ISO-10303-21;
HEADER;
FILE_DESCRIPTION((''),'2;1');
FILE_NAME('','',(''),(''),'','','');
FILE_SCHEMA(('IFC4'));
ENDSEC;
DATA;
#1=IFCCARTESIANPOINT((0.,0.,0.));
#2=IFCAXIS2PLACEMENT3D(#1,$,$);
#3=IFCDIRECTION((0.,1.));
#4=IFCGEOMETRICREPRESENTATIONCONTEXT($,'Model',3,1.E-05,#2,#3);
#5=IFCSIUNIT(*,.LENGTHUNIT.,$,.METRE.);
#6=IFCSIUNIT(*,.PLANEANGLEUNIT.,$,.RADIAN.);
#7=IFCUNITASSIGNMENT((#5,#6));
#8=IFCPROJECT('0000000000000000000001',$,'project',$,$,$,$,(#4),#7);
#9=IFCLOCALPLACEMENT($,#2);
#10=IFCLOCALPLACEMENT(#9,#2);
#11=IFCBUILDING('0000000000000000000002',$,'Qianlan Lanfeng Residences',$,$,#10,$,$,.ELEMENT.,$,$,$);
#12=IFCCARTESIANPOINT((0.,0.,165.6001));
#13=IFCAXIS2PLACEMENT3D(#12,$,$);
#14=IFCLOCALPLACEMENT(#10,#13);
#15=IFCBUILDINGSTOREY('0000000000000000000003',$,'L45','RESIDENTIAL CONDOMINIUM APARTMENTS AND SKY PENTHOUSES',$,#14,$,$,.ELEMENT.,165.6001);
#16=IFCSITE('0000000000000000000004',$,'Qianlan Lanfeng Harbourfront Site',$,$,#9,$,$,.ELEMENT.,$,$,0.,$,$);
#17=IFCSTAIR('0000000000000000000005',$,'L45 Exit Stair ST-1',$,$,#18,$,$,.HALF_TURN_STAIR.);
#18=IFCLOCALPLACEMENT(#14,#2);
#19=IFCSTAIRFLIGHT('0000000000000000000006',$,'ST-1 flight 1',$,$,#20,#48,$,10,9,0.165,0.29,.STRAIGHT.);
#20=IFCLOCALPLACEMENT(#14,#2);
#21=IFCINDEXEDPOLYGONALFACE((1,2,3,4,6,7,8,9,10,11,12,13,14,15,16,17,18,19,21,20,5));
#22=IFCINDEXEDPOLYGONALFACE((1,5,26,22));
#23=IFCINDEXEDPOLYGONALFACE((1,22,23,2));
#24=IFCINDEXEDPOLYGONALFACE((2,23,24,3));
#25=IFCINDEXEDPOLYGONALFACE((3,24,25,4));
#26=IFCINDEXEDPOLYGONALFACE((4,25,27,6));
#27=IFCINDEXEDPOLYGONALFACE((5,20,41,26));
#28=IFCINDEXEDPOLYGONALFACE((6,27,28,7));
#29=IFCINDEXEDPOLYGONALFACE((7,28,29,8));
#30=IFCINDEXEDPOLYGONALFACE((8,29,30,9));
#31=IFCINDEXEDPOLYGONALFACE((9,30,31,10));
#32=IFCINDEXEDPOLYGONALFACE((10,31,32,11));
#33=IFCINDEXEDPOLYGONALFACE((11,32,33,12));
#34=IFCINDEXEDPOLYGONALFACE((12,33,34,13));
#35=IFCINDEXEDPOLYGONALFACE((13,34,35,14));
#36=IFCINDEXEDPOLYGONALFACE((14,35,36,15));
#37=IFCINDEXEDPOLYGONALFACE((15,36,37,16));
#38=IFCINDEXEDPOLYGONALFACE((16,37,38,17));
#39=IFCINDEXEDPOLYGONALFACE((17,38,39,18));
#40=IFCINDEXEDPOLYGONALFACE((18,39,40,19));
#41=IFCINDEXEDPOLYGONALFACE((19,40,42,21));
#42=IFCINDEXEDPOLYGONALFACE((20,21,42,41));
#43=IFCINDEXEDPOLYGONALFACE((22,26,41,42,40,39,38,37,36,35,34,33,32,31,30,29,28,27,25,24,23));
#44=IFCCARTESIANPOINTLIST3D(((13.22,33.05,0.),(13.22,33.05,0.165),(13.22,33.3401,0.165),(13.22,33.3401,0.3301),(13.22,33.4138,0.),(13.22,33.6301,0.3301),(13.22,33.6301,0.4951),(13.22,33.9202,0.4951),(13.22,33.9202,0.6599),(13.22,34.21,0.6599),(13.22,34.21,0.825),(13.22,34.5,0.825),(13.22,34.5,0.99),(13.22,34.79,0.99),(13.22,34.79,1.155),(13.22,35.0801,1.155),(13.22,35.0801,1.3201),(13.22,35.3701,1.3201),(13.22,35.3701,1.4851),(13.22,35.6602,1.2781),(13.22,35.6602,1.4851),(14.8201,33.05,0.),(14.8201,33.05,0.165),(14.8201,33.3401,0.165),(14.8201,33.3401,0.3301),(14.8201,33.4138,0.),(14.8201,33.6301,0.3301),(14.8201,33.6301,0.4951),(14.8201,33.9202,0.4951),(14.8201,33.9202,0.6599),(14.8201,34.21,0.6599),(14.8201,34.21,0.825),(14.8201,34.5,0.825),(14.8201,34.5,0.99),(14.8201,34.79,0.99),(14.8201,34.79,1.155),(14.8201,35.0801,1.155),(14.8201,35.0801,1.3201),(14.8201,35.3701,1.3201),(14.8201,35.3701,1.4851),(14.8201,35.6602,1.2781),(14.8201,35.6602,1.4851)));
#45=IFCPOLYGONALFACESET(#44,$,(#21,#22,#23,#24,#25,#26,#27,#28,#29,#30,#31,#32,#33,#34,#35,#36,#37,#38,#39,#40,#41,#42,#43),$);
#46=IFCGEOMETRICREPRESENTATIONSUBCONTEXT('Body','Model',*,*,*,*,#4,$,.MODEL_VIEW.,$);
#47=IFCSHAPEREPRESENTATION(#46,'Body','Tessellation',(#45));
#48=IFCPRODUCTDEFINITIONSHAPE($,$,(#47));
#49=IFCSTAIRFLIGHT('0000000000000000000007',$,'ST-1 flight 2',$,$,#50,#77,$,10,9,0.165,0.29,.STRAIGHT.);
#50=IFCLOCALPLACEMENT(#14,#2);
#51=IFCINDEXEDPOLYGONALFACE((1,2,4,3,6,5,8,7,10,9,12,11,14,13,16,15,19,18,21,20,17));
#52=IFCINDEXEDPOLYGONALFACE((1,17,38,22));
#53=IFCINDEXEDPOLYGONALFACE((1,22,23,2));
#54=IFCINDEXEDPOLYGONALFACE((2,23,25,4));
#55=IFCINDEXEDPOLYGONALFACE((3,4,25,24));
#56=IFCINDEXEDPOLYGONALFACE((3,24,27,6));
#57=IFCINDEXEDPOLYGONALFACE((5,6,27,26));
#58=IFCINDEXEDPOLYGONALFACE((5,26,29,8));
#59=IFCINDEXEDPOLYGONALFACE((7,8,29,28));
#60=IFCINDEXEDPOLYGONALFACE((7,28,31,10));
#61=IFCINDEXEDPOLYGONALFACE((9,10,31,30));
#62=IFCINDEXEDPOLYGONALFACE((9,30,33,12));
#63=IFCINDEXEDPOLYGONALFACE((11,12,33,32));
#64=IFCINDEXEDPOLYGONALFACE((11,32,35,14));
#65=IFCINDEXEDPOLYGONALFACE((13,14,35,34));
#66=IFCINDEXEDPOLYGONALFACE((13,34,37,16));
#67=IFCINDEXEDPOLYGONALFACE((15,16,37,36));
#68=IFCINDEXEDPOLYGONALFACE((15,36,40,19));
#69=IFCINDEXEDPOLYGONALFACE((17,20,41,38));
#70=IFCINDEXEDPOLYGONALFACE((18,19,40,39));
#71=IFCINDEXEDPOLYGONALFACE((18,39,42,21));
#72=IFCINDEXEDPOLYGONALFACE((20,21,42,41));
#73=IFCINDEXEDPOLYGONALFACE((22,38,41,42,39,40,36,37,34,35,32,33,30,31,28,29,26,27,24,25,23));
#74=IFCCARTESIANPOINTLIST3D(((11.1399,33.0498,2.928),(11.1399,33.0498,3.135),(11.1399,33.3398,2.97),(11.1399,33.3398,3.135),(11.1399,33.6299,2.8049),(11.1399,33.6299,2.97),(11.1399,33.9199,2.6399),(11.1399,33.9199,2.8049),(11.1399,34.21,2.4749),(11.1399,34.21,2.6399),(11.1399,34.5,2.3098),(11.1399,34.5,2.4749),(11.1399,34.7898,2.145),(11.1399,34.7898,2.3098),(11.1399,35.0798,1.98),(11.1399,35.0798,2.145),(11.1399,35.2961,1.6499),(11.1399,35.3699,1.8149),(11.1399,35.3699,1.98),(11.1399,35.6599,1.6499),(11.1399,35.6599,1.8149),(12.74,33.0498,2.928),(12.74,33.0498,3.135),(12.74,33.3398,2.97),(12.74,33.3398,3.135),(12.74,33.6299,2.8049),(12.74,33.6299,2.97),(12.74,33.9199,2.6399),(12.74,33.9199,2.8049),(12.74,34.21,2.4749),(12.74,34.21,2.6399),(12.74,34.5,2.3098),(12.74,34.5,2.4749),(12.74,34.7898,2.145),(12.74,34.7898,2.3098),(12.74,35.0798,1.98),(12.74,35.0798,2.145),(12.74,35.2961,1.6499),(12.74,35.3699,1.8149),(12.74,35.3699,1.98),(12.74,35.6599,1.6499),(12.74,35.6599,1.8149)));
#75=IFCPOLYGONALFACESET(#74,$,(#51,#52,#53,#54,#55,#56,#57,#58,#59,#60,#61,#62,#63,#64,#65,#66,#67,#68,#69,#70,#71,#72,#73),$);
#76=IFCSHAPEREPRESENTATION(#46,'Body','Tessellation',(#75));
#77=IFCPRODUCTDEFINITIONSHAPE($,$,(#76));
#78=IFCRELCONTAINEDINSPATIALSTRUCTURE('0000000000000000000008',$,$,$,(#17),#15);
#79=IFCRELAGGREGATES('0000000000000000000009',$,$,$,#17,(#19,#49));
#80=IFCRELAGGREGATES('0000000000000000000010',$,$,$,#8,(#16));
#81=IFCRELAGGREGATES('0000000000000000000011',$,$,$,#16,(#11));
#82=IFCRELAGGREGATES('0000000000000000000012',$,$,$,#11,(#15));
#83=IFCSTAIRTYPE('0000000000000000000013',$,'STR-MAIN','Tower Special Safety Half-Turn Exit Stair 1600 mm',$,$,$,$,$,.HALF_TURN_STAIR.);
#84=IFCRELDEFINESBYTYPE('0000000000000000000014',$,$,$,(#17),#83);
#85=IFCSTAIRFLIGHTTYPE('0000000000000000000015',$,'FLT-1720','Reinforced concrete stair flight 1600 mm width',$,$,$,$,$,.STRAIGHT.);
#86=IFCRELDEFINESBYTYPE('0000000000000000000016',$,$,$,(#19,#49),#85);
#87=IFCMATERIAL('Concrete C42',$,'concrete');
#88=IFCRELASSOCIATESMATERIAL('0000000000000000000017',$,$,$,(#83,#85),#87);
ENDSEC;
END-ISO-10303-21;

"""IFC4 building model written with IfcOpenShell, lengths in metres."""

from ifc_helpers import new_model, si_unit, direction, frame, origin, place, context, subcontext, project, spatial, polyline, outline, extrude, material, type_object, element, aggregate, save


model = new_model("IFC4")

# Units and contexts
model_context = context("Model", 3, precision=1e-05, world=origin(), true_north=direction((0.0, 1.0)))
body_context = subcontext(model_context, "Body", "Model", "MODEL_VIEW")
ifc_project = project(units=[si_unit("LENGTHUNIT", "METRE"), si_unit("PLANEANGLEUNIT", "RADIAN")], contexts=[model_context])

# Site, building, storey
site_placement = place(None, origin())
site = spatial("IfcSite", under=ifc_project, at=site_placement, Name="Qianlan Lanfeng Harbourfront Site", CompositionType="ELEMENT", RefElevation=0.0)
building_placement = place(site_placement, origin())
building = spatial("IfcBuilding", under=site, at=building_placement, Name="Qianlan Lanfeng Residences", CompositionType="ELEMENT")
storey_placement = place(building_placement, frame((0.0, 0.0, 165.6001)))
storey = spatial("IfcBuildingStorey", under=building, at=storey_placement, Name="L45", Description="RESIDENTIAL CONDOMINIUM APARTMENTS AND SKY PENTHOUSES", CompositionType="ELEMENT", Elevation=165.6001)

# Shared definitions
ifc_material_1 = material(Name="Concrete C42", Category="concrete")

# Stair, stair flights
stair_type = type_object("IfcStairType", Name="STR-MAIN", Description="Tower Special Safety Half-Turn Exit Stair 1600 mm", PredefinedType="HALF_TURN_STAIR", material=ifc_material_1)
stair_placement = place(storey_placement, origin())
stair = element("IfcStair", 1, at=stair_placement, inside=storey, type_object=stair_type, Name="L45 Exit Stair ST-1", PredefinedType="HALF_TURN_STAIR")
stair_flight_type = type_object("IfcStairFlightType", Name="FLT-1720", Description="Reinforced concrete stair flight 1600 mm width", PredefinedType="STRAIGHT", material=ifc_material_1)
stair_flight_1_placement = place(storey_placement, frame((14.02, 33.05, 0.0), z_axis=(0.0, 0.0, 1.0), x_axis=(0.0, 1.0, 0.0)))
stair_flight_1 = element("IfcStairFlight", 2, at=stair_flight_1_placement, type_object=stair_flight_type, Name="ST-1 flight 1", NumberOfRisers=10, NumberOfTreads=9, PredefinedType="STRAIGHT", RiserHeight=0.165, TreadLength=0.29, context=body_context, shape_type="SweptSolid", body=[
    extrude(outline(polyline([(0.0, 0.0), (0.0, 0.165), (0.29, 0.165), (0.29, 0.3301), (0.5801, 0.3301), (0.5801, 0.4951), (0.8701, 0.4951), (0.8701, 0.6599), (1.1599, 0.6599), (1.1599, 0.825), (1.45, 0.825), (1.45, 0.99), (1.74, 0.99), (1.74, 1.155), (2.03, 1.155), (2.03, 1.3201), (2.3201, 1.3201), (2.3201, 1.4851), (2.6101, 1.4851), (2.6101, 1.6499), (2.6101, 1.2781), (0.3638, 0.0), (0.0, 0.0)])), frame((0.0, 0.8, 0.0), z_axis=(0.0, -1.0, 0.0), x_axis=(1.0, 0.0, 0.0)), (0.0, 0.0, 1.0), 1.6001),
])
stair_flight_2_placement = place(storey_placement, frame((11.9399, 35.6599, 1.6499), z_axis=(0.0, 0.0, 1.0), x_axis=(0.0, -1.0, 0.0)))
stair_flight_2 = element("IfcStairFlight", 3, at=stair_flight_2_placement, type_object=stair_flight_type, Name="ST-1 flight 2", NumberOfRisers=10, NumberOfTreads=9, PredefinedType="STRAIGHT", RiserHeight=0.165, TreadLength=0.29, context=body_context, shape_type="SweptSolid", body=[
    extrude(outline(polyline([(0.0, 0.0), (0.0, 0.165), (0.29, 0.165), (0.29, 0.3301), (0.5801, 0.3301), (0.5801, 0.4951), (0.8701, 0.4951), (0.8701, 0.6599), (1.1599, 0.6599), (1.1599, 0.825), (1.45, 0.825), (1.45, 0.99), (1.74, 0.99), (1.74, 1.155), (2.03, 1.155), (2.03, 1.3201), (2.3201, 1.3201), (2.3201, 1.4851), (2.6101, 1.4851), (2.6101, 1.6499), (2.6101, 1.2781), (0.3638, 0.0), (0.0, 0.0)])), frame((0.0, 0.8, 0.0), z_axis=(0.0, -1.0, 0.0), x_axis=(1.0, 0.0, 0.0)), (0.0, 0.0, 1.0), 1.6001),
])
aggregate(stair, [stair_flight_1, stair_flight_2])

save(model, "model.ifc")
